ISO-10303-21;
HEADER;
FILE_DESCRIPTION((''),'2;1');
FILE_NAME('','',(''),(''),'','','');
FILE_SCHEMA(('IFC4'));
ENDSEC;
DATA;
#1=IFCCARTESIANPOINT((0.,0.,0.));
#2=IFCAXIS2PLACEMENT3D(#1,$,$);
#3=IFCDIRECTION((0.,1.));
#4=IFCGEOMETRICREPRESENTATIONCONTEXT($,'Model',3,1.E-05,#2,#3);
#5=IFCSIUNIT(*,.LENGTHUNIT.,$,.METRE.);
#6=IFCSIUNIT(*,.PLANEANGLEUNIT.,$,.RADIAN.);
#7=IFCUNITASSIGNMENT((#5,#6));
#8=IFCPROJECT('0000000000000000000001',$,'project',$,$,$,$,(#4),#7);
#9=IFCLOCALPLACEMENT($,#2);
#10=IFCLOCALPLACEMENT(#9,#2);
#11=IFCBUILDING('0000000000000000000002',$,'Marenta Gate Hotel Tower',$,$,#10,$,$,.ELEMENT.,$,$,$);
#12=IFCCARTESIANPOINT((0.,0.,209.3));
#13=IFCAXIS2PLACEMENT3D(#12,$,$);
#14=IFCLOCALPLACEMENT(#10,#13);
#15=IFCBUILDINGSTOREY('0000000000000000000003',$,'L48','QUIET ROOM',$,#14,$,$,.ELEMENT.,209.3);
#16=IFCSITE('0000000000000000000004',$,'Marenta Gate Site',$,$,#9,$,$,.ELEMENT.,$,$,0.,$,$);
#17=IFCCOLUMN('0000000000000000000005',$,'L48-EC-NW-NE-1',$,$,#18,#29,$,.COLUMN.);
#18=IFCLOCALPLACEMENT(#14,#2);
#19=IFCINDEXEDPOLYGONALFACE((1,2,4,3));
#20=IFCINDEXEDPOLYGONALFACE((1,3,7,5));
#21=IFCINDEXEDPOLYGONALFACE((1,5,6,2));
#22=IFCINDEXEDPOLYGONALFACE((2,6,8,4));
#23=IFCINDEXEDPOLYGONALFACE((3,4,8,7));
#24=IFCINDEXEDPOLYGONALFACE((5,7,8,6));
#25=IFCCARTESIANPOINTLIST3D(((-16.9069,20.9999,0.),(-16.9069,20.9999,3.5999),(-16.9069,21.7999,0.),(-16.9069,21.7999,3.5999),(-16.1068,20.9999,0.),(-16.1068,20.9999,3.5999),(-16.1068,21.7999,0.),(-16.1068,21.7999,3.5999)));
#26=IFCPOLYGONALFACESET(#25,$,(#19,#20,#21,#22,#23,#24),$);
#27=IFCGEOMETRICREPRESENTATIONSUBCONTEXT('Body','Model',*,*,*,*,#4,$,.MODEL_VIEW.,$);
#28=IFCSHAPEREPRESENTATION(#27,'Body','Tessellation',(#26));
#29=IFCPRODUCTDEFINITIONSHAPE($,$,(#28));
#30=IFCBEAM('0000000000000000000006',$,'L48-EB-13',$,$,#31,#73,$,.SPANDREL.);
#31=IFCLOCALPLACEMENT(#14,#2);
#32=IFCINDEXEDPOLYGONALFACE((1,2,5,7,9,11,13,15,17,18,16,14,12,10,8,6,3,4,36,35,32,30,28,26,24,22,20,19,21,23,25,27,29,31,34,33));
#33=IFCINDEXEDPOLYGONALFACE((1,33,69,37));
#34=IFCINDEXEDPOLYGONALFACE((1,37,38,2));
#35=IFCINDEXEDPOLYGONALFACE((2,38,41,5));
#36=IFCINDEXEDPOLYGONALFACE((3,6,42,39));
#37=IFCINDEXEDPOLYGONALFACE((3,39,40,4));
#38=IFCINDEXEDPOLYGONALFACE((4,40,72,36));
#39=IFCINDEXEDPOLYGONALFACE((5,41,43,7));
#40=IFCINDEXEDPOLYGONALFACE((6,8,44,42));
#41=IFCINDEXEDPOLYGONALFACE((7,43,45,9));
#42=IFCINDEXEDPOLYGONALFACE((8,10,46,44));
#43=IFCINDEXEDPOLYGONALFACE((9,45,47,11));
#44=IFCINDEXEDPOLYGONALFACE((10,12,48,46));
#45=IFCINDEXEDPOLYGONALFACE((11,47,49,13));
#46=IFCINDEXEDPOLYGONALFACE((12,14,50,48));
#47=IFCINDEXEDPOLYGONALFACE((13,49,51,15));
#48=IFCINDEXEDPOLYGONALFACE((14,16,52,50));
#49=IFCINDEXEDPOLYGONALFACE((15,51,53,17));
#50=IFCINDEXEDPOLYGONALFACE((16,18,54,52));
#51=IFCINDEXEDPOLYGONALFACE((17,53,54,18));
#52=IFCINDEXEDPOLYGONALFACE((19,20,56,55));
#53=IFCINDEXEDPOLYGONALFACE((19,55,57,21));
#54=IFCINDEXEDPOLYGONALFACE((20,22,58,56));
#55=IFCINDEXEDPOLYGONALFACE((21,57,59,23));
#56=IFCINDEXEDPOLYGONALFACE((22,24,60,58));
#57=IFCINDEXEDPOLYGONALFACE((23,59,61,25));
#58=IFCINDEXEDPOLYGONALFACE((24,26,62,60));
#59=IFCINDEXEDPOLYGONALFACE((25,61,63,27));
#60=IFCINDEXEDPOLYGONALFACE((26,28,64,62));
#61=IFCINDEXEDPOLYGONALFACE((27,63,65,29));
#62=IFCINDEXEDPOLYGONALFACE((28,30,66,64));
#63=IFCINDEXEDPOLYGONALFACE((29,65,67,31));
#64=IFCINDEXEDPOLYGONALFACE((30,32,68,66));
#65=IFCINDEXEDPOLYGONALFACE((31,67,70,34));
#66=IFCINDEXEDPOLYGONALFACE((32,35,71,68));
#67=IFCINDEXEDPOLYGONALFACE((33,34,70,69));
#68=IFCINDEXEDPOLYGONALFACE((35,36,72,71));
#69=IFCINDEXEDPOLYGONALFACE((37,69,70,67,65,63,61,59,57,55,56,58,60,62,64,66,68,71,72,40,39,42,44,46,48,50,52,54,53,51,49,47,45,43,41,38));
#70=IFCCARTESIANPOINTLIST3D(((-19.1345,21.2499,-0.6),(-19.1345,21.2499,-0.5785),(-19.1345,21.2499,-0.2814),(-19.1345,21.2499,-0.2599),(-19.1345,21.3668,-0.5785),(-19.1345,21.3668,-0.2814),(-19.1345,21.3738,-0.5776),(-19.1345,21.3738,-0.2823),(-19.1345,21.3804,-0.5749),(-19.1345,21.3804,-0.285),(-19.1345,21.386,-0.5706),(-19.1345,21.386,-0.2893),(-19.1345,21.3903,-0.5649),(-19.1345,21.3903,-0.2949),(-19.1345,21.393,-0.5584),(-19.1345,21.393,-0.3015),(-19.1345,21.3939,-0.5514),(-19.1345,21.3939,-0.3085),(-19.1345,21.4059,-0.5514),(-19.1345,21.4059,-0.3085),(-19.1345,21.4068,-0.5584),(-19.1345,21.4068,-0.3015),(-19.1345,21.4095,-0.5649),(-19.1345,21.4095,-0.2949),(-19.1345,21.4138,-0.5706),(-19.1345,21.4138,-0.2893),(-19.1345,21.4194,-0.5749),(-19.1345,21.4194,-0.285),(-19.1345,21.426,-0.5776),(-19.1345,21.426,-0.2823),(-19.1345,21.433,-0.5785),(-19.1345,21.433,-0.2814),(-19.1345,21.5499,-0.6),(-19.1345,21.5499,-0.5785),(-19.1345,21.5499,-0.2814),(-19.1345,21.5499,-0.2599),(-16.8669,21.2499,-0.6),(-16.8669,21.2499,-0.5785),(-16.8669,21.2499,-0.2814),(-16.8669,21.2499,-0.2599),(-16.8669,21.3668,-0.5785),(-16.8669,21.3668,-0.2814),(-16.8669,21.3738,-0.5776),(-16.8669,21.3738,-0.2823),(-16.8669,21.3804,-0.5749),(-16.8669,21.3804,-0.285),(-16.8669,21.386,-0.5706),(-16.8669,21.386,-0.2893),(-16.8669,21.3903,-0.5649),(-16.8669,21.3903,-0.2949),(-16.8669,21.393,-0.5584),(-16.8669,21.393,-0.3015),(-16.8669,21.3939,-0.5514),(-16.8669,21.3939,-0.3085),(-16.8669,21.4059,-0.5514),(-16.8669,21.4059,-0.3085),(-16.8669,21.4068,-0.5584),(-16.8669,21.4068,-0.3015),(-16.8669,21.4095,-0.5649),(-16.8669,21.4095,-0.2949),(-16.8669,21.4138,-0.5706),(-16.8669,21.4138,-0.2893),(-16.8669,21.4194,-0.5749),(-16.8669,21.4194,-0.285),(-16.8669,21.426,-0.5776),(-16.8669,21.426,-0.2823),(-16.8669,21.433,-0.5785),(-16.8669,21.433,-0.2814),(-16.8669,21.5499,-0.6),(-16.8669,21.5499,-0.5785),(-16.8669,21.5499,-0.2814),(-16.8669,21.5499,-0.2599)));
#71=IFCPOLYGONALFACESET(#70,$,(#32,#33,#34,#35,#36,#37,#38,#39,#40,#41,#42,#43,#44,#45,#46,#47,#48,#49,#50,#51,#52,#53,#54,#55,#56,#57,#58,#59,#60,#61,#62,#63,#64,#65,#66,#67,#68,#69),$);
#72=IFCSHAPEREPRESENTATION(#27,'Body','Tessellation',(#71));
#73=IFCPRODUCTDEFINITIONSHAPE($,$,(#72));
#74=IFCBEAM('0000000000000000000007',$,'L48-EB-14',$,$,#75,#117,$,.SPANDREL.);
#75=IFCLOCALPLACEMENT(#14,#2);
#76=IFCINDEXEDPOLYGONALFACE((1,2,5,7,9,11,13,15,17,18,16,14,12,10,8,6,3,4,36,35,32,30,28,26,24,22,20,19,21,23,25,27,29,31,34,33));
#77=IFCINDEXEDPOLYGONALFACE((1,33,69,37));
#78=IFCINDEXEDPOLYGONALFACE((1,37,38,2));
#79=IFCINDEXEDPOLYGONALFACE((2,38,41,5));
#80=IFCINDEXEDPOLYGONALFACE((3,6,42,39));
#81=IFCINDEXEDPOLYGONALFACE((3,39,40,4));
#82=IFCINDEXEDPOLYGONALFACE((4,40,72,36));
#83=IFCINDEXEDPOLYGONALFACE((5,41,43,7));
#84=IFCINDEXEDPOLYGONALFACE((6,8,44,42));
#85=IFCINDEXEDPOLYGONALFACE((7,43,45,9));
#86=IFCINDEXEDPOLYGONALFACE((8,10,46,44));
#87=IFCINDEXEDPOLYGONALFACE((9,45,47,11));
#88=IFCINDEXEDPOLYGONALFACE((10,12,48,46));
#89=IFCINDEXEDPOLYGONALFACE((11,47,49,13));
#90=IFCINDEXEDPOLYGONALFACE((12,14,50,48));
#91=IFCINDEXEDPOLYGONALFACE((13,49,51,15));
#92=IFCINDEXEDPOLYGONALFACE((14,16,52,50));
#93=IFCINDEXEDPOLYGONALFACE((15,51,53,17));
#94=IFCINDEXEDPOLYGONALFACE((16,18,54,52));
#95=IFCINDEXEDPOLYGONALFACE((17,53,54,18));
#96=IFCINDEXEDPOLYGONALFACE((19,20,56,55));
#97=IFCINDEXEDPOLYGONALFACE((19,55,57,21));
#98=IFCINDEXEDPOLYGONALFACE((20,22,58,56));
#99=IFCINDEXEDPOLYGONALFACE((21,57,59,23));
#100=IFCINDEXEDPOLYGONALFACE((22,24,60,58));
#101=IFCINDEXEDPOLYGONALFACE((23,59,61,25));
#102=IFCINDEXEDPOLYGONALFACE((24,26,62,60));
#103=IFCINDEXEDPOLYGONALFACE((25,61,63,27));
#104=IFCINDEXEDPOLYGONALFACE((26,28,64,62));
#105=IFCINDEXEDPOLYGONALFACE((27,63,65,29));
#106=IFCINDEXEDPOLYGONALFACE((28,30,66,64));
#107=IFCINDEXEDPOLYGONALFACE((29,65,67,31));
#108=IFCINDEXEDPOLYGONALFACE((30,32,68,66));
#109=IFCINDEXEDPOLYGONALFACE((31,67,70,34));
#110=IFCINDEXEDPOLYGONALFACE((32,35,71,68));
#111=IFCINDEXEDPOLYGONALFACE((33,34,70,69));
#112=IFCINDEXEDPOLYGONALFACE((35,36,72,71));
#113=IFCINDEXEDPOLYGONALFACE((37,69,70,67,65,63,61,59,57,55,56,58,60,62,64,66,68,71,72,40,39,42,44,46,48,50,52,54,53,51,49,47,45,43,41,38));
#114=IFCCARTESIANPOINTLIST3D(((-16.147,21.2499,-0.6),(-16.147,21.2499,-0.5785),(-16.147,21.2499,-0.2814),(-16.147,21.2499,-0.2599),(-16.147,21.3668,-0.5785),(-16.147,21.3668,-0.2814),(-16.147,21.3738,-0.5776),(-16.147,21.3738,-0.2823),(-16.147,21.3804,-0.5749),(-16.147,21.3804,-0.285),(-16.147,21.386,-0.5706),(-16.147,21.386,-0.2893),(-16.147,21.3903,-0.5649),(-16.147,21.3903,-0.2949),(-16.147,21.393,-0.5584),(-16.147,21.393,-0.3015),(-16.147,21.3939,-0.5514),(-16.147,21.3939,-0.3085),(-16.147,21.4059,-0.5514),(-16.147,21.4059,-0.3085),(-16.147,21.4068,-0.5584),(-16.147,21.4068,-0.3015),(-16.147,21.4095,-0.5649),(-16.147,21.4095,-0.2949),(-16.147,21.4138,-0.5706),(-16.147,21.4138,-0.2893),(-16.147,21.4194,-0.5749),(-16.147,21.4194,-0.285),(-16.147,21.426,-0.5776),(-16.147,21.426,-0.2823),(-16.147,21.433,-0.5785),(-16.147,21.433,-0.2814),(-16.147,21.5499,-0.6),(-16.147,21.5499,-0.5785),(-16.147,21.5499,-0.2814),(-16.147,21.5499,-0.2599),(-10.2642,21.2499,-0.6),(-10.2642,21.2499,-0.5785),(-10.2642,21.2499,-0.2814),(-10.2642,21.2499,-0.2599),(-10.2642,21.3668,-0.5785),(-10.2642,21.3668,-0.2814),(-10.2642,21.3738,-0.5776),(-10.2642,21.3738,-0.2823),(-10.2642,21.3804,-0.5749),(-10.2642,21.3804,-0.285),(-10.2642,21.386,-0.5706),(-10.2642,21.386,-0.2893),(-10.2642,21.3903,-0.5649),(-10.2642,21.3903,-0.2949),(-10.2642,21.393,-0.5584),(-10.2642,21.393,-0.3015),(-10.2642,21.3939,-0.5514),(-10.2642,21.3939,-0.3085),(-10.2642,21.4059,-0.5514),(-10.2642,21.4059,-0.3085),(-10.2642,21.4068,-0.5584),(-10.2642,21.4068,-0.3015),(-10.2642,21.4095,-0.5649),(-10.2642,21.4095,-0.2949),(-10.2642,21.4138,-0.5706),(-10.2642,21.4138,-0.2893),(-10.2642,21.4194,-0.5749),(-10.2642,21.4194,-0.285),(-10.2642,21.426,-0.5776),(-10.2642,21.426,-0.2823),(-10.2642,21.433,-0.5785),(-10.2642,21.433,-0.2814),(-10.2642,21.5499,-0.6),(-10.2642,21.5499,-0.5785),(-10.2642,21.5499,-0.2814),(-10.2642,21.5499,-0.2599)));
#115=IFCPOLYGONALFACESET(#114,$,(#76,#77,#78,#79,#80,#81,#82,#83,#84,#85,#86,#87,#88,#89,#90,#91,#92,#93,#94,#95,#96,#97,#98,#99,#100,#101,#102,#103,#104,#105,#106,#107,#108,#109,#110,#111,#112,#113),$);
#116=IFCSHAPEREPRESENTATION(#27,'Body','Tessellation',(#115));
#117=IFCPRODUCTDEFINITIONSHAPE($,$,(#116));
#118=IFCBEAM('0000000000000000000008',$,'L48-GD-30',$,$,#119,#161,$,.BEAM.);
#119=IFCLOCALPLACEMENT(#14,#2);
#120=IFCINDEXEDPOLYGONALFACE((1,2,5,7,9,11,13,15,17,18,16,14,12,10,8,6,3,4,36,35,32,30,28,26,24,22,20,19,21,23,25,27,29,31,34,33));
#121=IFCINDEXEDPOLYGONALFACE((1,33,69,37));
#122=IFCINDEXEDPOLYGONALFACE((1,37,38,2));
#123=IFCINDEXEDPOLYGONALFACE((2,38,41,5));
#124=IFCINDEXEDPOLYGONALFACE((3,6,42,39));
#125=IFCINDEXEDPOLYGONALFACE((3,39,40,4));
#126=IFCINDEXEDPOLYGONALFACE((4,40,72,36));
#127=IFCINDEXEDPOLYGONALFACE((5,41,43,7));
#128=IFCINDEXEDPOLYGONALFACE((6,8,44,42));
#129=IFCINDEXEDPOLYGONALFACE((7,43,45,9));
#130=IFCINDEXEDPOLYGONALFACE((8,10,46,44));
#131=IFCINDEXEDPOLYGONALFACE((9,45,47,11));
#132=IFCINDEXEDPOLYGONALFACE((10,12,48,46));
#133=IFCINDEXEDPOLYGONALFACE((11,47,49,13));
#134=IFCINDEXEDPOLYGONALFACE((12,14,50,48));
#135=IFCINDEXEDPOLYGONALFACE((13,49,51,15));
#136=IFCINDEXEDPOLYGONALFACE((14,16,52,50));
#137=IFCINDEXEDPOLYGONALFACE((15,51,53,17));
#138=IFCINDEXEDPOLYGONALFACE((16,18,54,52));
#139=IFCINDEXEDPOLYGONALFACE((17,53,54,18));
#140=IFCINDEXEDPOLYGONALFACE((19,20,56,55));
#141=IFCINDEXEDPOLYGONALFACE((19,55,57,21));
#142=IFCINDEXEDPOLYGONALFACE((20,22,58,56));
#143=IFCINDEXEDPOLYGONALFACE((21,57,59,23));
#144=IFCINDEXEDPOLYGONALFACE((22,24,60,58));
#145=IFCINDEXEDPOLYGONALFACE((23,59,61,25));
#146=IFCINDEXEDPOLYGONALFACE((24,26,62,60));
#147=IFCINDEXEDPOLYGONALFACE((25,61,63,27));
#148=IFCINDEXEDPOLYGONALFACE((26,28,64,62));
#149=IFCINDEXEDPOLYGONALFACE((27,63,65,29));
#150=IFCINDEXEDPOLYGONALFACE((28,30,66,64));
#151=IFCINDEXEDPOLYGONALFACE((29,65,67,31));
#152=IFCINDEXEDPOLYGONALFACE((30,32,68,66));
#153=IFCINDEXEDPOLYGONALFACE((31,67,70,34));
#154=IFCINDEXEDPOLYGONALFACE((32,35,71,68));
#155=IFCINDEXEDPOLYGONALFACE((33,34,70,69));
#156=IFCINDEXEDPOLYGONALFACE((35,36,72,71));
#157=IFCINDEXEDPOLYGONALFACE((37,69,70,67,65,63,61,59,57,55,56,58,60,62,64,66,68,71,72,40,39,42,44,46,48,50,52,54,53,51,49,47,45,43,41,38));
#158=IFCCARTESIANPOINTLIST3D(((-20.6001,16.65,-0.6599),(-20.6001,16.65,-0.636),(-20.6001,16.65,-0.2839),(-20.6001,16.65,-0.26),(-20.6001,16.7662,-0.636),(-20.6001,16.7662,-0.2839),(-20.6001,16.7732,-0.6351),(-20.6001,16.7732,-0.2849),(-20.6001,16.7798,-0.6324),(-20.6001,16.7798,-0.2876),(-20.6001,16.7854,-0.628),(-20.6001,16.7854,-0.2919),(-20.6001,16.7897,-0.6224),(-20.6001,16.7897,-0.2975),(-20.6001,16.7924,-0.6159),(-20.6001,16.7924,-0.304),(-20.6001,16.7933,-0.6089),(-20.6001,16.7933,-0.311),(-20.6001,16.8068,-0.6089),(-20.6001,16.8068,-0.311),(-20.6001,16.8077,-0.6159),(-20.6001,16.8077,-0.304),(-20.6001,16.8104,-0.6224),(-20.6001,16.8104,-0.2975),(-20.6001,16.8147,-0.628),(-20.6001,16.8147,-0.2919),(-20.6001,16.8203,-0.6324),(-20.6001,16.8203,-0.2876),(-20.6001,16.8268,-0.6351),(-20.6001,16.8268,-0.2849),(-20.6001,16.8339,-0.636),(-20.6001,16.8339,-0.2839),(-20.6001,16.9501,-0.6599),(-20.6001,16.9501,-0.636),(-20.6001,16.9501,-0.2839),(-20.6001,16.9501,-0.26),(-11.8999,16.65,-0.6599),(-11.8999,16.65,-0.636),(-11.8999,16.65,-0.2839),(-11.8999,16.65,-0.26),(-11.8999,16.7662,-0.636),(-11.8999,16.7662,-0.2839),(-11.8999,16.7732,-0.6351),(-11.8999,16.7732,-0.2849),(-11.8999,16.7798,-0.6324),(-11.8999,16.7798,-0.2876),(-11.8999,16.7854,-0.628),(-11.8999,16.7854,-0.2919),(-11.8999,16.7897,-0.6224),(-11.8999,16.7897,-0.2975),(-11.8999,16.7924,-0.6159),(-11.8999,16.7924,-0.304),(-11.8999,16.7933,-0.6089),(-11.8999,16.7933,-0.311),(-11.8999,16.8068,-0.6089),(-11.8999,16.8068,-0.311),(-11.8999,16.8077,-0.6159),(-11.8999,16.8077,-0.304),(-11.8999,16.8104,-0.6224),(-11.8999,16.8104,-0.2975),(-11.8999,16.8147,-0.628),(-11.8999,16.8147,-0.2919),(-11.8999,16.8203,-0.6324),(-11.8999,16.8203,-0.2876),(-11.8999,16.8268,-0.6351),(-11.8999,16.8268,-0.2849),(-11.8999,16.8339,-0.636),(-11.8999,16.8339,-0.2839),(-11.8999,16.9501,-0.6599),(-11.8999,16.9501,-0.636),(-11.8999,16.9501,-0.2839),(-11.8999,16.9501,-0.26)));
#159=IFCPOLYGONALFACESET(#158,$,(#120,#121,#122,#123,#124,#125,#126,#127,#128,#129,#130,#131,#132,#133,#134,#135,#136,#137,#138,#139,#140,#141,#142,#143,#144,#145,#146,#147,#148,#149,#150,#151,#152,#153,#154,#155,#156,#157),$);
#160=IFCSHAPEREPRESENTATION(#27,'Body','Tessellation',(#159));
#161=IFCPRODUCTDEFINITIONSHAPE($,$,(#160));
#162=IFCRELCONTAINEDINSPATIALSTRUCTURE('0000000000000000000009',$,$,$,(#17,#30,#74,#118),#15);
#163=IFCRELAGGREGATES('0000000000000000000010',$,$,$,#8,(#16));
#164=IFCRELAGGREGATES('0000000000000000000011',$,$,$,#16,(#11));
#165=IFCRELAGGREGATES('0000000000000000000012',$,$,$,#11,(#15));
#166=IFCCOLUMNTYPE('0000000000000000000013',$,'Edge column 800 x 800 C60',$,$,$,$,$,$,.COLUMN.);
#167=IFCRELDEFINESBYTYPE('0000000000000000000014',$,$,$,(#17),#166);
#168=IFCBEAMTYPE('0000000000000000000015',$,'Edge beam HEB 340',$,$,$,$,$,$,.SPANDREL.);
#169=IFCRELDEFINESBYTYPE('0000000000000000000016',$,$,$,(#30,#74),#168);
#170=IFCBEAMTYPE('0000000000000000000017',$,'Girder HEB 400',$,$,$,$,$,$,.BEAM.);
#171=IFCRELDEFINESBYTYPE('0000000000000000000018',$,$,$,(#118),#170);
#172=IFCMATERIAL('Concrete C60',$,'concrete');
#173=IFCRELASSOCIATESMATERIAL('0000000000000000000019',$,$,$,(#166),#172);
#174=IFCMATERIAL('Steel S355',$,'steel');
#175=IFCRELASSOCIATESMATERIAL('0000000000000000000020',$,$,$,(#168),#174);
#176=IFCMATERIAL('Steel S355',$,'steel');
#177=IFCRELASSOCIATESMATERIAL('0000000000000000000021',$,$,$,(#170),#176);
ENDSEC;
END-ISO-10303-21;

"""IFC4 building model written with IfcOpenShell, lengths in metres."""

from ifc_helpers import new_model, si_unit, direction, frame, origin, origin_2d, place, context, subcontext, project, spatial, rectangle, i_section, extrude, material, material_profile, profile_set, type_object, element, save


model = new_model("IFC4")

# Units and contexts
model_context = context("Model", 3, precision=1e-05, world=origin(), true_north=direction((0.0, 1.0)))
body_context = subcontext(model_context, "Body", "Model", "MODEL_VIEW")
ifc_project = project(units=[si_unit("LENGTHUNIT", "METRE"), si_unit("PLANEANGLEUNIT", "RADIAN")], contexts=[model_context])

# Site, building, storey
site_placement = place(None, origin())
site = spatial("IfcSite", under=ifc_project, at=site_placement, Name="Marenta Gate Site", CompositionType="ELEMENT", RefElevation=0.0)
building_placement = place(site_placement, origin())
building = spatial("IfcBuilding", under=site, at=building_placement, Name="Marenta Gate Hotel Tower", CompositionType="ELEMENT")
storey_placement = place(building_placement, frame((0.0, 0.0, 209.3)))
storey = spatial("IfcBuildingStorey", under=building, at=storey_placement, Name="L48", Description="QUIET ROOM", CompositionType="ELEMENT", Elevation=209.3)

# Column
ifc_material_1 = material(Name="Concrete C60", Category="concrete")
ifc_material_profile_1 = material_profile(ifc_material_1, rectangle(XDim=0.8, YDim=0.8, at=origin_2d()), Name="800 x 800")
ifc_profile_set_1 = profile_set([ifc_material_profile_1], Name="Concrete C60")
column_type = type_object("IfcColumnType", Name="Edge column 800 x 800 C60", PredefinedType="COLUMN", material=ifc_profile_set_1)
column_placement = place(storey_placement, frame((-16.5068, 21.3999, 0.0), z_axis=(0.0, 0.0, 1.0), x_axis=(1.0, 0.0, 0.0)))
element("IfcColumn", 1, at=column_placement, inside=storey, type_object=column_type, Name="L48-EC-NW-NE-1", PredefinedType="COLUMN", context=body_context, shape_type="SweptSolid", body=[
    extrude(rectangle(XDim=0.8, YDim=0.8, at=origin_2d()), origin(), (0.0, 0.0, 1.0), 3.5999),
])

# Beams
ifc_material_2 = material(Name="Steel S355", Category="steel")
ifc_material_profile_2 = material_profile(ifc_material_2, i_section(OverallWidth=0.3, OverallDepth=0.3401, WebThickness=0.012, FlangeThickness=0.0215, FilletRadius=0.0271, at=origin_2d()), Name="HEB 340")
ifc_profile_set_2 = profile_set([ifc_material_profile_2], Name="Steel S355")
beam_type_1 = type_object("IfcBeamType", Name="Edge beam HEB 340", PredefinedType="SPANDREL", material=ifc_profile_set_2)
beam_1_placement = place(storey_placement, frame((-19.1345, 21.3999, -0.4299), z_axis=(1.0, 0.0, 0.0), x_axis=(0.0, 1.0, 0.0)))
element("IfcBeam", 2, at=beam_1_placement, inside=storey, type_object=beam_type_1, Name="L48-EB-13", PredefinedType="SPANDREL", context=body_context, shape_type="SweptSolid", body=[
    extrude(i_section(OverallWidth=0.3, OverallDepth=0.3401, WebThickness=0.012, FlangeThickness=0.0215, FilletRadius=0.0271, at=origin_2d()), origin(), (0.0, 0.0, 1.0), 2.2676),
])
beam_2_placement = place(storey_placement, frame((-16.147, 21.3999, -0.4299), z_axis=(1.0, 0.0, 0.0), x_axis=(0.0, 1.0, 0.0)))
element("IfcBeam", 3, at=beam_2_placement, inside=storey, type_object=beam_type_1, Name="L48-EB-14", PredefinedType="SPANDREL", context=body_context, shape_type="SweptSolid", body=[
    extrude(i_section(OverallWidth=0.3, OverallDepth=0.3401, WebThickness=0.012, FlangeThickness=0.0215, FilletRadius=0.0271, at=origin_2d()), origin(), (0.0, 0.0, 1.0), 5.8828),
])
ifc_material_3 = material(Name="Steel S355", Category="steel")
ifc_material_profile_3 = material_profile(ifc_material_3, i_section(OverallWidth=0.3, OverallDepth=0.3999, WebThickness=0.0134, FlangeThickness=0.0239, FilletRadius=0.0271, at=origin_2d()), Name="HEB 400")
ifc_profile_set_3 = profile_set([ifc_material_profile_3], Name="Steel S355")
beam_type_2 = type_object("IfcBeamType", Name="Girder HEB 400", PredefinedType="BEAM", material=ifc_profile_set_3)
beam_3_placement = place(storey_placement, frame((-20.6001, 16.8, -0.46), z_axis=(1.0, 0.0, 0.0), x_axis=(0.0, 1.0, 0.0)))
element("IfcBeam", 4, at=beam_3_placement, inside=storey, type_object=beam_type_2, Name="L48-GD-30", PredefinedType="BEAM", context=body_context, shape_type="SweptSolid", body=[
    extrude(i_section(OverallWidth=0.3, OverallDepth=0.3999, WebThickness=0.0134, FlangeThickness=0.0239, FilletRadius=0.0271, at=origin_2d()), origin(), (0.0, 0.0, 1.0), 8.7002),
])

save(model, "model.ifc")
